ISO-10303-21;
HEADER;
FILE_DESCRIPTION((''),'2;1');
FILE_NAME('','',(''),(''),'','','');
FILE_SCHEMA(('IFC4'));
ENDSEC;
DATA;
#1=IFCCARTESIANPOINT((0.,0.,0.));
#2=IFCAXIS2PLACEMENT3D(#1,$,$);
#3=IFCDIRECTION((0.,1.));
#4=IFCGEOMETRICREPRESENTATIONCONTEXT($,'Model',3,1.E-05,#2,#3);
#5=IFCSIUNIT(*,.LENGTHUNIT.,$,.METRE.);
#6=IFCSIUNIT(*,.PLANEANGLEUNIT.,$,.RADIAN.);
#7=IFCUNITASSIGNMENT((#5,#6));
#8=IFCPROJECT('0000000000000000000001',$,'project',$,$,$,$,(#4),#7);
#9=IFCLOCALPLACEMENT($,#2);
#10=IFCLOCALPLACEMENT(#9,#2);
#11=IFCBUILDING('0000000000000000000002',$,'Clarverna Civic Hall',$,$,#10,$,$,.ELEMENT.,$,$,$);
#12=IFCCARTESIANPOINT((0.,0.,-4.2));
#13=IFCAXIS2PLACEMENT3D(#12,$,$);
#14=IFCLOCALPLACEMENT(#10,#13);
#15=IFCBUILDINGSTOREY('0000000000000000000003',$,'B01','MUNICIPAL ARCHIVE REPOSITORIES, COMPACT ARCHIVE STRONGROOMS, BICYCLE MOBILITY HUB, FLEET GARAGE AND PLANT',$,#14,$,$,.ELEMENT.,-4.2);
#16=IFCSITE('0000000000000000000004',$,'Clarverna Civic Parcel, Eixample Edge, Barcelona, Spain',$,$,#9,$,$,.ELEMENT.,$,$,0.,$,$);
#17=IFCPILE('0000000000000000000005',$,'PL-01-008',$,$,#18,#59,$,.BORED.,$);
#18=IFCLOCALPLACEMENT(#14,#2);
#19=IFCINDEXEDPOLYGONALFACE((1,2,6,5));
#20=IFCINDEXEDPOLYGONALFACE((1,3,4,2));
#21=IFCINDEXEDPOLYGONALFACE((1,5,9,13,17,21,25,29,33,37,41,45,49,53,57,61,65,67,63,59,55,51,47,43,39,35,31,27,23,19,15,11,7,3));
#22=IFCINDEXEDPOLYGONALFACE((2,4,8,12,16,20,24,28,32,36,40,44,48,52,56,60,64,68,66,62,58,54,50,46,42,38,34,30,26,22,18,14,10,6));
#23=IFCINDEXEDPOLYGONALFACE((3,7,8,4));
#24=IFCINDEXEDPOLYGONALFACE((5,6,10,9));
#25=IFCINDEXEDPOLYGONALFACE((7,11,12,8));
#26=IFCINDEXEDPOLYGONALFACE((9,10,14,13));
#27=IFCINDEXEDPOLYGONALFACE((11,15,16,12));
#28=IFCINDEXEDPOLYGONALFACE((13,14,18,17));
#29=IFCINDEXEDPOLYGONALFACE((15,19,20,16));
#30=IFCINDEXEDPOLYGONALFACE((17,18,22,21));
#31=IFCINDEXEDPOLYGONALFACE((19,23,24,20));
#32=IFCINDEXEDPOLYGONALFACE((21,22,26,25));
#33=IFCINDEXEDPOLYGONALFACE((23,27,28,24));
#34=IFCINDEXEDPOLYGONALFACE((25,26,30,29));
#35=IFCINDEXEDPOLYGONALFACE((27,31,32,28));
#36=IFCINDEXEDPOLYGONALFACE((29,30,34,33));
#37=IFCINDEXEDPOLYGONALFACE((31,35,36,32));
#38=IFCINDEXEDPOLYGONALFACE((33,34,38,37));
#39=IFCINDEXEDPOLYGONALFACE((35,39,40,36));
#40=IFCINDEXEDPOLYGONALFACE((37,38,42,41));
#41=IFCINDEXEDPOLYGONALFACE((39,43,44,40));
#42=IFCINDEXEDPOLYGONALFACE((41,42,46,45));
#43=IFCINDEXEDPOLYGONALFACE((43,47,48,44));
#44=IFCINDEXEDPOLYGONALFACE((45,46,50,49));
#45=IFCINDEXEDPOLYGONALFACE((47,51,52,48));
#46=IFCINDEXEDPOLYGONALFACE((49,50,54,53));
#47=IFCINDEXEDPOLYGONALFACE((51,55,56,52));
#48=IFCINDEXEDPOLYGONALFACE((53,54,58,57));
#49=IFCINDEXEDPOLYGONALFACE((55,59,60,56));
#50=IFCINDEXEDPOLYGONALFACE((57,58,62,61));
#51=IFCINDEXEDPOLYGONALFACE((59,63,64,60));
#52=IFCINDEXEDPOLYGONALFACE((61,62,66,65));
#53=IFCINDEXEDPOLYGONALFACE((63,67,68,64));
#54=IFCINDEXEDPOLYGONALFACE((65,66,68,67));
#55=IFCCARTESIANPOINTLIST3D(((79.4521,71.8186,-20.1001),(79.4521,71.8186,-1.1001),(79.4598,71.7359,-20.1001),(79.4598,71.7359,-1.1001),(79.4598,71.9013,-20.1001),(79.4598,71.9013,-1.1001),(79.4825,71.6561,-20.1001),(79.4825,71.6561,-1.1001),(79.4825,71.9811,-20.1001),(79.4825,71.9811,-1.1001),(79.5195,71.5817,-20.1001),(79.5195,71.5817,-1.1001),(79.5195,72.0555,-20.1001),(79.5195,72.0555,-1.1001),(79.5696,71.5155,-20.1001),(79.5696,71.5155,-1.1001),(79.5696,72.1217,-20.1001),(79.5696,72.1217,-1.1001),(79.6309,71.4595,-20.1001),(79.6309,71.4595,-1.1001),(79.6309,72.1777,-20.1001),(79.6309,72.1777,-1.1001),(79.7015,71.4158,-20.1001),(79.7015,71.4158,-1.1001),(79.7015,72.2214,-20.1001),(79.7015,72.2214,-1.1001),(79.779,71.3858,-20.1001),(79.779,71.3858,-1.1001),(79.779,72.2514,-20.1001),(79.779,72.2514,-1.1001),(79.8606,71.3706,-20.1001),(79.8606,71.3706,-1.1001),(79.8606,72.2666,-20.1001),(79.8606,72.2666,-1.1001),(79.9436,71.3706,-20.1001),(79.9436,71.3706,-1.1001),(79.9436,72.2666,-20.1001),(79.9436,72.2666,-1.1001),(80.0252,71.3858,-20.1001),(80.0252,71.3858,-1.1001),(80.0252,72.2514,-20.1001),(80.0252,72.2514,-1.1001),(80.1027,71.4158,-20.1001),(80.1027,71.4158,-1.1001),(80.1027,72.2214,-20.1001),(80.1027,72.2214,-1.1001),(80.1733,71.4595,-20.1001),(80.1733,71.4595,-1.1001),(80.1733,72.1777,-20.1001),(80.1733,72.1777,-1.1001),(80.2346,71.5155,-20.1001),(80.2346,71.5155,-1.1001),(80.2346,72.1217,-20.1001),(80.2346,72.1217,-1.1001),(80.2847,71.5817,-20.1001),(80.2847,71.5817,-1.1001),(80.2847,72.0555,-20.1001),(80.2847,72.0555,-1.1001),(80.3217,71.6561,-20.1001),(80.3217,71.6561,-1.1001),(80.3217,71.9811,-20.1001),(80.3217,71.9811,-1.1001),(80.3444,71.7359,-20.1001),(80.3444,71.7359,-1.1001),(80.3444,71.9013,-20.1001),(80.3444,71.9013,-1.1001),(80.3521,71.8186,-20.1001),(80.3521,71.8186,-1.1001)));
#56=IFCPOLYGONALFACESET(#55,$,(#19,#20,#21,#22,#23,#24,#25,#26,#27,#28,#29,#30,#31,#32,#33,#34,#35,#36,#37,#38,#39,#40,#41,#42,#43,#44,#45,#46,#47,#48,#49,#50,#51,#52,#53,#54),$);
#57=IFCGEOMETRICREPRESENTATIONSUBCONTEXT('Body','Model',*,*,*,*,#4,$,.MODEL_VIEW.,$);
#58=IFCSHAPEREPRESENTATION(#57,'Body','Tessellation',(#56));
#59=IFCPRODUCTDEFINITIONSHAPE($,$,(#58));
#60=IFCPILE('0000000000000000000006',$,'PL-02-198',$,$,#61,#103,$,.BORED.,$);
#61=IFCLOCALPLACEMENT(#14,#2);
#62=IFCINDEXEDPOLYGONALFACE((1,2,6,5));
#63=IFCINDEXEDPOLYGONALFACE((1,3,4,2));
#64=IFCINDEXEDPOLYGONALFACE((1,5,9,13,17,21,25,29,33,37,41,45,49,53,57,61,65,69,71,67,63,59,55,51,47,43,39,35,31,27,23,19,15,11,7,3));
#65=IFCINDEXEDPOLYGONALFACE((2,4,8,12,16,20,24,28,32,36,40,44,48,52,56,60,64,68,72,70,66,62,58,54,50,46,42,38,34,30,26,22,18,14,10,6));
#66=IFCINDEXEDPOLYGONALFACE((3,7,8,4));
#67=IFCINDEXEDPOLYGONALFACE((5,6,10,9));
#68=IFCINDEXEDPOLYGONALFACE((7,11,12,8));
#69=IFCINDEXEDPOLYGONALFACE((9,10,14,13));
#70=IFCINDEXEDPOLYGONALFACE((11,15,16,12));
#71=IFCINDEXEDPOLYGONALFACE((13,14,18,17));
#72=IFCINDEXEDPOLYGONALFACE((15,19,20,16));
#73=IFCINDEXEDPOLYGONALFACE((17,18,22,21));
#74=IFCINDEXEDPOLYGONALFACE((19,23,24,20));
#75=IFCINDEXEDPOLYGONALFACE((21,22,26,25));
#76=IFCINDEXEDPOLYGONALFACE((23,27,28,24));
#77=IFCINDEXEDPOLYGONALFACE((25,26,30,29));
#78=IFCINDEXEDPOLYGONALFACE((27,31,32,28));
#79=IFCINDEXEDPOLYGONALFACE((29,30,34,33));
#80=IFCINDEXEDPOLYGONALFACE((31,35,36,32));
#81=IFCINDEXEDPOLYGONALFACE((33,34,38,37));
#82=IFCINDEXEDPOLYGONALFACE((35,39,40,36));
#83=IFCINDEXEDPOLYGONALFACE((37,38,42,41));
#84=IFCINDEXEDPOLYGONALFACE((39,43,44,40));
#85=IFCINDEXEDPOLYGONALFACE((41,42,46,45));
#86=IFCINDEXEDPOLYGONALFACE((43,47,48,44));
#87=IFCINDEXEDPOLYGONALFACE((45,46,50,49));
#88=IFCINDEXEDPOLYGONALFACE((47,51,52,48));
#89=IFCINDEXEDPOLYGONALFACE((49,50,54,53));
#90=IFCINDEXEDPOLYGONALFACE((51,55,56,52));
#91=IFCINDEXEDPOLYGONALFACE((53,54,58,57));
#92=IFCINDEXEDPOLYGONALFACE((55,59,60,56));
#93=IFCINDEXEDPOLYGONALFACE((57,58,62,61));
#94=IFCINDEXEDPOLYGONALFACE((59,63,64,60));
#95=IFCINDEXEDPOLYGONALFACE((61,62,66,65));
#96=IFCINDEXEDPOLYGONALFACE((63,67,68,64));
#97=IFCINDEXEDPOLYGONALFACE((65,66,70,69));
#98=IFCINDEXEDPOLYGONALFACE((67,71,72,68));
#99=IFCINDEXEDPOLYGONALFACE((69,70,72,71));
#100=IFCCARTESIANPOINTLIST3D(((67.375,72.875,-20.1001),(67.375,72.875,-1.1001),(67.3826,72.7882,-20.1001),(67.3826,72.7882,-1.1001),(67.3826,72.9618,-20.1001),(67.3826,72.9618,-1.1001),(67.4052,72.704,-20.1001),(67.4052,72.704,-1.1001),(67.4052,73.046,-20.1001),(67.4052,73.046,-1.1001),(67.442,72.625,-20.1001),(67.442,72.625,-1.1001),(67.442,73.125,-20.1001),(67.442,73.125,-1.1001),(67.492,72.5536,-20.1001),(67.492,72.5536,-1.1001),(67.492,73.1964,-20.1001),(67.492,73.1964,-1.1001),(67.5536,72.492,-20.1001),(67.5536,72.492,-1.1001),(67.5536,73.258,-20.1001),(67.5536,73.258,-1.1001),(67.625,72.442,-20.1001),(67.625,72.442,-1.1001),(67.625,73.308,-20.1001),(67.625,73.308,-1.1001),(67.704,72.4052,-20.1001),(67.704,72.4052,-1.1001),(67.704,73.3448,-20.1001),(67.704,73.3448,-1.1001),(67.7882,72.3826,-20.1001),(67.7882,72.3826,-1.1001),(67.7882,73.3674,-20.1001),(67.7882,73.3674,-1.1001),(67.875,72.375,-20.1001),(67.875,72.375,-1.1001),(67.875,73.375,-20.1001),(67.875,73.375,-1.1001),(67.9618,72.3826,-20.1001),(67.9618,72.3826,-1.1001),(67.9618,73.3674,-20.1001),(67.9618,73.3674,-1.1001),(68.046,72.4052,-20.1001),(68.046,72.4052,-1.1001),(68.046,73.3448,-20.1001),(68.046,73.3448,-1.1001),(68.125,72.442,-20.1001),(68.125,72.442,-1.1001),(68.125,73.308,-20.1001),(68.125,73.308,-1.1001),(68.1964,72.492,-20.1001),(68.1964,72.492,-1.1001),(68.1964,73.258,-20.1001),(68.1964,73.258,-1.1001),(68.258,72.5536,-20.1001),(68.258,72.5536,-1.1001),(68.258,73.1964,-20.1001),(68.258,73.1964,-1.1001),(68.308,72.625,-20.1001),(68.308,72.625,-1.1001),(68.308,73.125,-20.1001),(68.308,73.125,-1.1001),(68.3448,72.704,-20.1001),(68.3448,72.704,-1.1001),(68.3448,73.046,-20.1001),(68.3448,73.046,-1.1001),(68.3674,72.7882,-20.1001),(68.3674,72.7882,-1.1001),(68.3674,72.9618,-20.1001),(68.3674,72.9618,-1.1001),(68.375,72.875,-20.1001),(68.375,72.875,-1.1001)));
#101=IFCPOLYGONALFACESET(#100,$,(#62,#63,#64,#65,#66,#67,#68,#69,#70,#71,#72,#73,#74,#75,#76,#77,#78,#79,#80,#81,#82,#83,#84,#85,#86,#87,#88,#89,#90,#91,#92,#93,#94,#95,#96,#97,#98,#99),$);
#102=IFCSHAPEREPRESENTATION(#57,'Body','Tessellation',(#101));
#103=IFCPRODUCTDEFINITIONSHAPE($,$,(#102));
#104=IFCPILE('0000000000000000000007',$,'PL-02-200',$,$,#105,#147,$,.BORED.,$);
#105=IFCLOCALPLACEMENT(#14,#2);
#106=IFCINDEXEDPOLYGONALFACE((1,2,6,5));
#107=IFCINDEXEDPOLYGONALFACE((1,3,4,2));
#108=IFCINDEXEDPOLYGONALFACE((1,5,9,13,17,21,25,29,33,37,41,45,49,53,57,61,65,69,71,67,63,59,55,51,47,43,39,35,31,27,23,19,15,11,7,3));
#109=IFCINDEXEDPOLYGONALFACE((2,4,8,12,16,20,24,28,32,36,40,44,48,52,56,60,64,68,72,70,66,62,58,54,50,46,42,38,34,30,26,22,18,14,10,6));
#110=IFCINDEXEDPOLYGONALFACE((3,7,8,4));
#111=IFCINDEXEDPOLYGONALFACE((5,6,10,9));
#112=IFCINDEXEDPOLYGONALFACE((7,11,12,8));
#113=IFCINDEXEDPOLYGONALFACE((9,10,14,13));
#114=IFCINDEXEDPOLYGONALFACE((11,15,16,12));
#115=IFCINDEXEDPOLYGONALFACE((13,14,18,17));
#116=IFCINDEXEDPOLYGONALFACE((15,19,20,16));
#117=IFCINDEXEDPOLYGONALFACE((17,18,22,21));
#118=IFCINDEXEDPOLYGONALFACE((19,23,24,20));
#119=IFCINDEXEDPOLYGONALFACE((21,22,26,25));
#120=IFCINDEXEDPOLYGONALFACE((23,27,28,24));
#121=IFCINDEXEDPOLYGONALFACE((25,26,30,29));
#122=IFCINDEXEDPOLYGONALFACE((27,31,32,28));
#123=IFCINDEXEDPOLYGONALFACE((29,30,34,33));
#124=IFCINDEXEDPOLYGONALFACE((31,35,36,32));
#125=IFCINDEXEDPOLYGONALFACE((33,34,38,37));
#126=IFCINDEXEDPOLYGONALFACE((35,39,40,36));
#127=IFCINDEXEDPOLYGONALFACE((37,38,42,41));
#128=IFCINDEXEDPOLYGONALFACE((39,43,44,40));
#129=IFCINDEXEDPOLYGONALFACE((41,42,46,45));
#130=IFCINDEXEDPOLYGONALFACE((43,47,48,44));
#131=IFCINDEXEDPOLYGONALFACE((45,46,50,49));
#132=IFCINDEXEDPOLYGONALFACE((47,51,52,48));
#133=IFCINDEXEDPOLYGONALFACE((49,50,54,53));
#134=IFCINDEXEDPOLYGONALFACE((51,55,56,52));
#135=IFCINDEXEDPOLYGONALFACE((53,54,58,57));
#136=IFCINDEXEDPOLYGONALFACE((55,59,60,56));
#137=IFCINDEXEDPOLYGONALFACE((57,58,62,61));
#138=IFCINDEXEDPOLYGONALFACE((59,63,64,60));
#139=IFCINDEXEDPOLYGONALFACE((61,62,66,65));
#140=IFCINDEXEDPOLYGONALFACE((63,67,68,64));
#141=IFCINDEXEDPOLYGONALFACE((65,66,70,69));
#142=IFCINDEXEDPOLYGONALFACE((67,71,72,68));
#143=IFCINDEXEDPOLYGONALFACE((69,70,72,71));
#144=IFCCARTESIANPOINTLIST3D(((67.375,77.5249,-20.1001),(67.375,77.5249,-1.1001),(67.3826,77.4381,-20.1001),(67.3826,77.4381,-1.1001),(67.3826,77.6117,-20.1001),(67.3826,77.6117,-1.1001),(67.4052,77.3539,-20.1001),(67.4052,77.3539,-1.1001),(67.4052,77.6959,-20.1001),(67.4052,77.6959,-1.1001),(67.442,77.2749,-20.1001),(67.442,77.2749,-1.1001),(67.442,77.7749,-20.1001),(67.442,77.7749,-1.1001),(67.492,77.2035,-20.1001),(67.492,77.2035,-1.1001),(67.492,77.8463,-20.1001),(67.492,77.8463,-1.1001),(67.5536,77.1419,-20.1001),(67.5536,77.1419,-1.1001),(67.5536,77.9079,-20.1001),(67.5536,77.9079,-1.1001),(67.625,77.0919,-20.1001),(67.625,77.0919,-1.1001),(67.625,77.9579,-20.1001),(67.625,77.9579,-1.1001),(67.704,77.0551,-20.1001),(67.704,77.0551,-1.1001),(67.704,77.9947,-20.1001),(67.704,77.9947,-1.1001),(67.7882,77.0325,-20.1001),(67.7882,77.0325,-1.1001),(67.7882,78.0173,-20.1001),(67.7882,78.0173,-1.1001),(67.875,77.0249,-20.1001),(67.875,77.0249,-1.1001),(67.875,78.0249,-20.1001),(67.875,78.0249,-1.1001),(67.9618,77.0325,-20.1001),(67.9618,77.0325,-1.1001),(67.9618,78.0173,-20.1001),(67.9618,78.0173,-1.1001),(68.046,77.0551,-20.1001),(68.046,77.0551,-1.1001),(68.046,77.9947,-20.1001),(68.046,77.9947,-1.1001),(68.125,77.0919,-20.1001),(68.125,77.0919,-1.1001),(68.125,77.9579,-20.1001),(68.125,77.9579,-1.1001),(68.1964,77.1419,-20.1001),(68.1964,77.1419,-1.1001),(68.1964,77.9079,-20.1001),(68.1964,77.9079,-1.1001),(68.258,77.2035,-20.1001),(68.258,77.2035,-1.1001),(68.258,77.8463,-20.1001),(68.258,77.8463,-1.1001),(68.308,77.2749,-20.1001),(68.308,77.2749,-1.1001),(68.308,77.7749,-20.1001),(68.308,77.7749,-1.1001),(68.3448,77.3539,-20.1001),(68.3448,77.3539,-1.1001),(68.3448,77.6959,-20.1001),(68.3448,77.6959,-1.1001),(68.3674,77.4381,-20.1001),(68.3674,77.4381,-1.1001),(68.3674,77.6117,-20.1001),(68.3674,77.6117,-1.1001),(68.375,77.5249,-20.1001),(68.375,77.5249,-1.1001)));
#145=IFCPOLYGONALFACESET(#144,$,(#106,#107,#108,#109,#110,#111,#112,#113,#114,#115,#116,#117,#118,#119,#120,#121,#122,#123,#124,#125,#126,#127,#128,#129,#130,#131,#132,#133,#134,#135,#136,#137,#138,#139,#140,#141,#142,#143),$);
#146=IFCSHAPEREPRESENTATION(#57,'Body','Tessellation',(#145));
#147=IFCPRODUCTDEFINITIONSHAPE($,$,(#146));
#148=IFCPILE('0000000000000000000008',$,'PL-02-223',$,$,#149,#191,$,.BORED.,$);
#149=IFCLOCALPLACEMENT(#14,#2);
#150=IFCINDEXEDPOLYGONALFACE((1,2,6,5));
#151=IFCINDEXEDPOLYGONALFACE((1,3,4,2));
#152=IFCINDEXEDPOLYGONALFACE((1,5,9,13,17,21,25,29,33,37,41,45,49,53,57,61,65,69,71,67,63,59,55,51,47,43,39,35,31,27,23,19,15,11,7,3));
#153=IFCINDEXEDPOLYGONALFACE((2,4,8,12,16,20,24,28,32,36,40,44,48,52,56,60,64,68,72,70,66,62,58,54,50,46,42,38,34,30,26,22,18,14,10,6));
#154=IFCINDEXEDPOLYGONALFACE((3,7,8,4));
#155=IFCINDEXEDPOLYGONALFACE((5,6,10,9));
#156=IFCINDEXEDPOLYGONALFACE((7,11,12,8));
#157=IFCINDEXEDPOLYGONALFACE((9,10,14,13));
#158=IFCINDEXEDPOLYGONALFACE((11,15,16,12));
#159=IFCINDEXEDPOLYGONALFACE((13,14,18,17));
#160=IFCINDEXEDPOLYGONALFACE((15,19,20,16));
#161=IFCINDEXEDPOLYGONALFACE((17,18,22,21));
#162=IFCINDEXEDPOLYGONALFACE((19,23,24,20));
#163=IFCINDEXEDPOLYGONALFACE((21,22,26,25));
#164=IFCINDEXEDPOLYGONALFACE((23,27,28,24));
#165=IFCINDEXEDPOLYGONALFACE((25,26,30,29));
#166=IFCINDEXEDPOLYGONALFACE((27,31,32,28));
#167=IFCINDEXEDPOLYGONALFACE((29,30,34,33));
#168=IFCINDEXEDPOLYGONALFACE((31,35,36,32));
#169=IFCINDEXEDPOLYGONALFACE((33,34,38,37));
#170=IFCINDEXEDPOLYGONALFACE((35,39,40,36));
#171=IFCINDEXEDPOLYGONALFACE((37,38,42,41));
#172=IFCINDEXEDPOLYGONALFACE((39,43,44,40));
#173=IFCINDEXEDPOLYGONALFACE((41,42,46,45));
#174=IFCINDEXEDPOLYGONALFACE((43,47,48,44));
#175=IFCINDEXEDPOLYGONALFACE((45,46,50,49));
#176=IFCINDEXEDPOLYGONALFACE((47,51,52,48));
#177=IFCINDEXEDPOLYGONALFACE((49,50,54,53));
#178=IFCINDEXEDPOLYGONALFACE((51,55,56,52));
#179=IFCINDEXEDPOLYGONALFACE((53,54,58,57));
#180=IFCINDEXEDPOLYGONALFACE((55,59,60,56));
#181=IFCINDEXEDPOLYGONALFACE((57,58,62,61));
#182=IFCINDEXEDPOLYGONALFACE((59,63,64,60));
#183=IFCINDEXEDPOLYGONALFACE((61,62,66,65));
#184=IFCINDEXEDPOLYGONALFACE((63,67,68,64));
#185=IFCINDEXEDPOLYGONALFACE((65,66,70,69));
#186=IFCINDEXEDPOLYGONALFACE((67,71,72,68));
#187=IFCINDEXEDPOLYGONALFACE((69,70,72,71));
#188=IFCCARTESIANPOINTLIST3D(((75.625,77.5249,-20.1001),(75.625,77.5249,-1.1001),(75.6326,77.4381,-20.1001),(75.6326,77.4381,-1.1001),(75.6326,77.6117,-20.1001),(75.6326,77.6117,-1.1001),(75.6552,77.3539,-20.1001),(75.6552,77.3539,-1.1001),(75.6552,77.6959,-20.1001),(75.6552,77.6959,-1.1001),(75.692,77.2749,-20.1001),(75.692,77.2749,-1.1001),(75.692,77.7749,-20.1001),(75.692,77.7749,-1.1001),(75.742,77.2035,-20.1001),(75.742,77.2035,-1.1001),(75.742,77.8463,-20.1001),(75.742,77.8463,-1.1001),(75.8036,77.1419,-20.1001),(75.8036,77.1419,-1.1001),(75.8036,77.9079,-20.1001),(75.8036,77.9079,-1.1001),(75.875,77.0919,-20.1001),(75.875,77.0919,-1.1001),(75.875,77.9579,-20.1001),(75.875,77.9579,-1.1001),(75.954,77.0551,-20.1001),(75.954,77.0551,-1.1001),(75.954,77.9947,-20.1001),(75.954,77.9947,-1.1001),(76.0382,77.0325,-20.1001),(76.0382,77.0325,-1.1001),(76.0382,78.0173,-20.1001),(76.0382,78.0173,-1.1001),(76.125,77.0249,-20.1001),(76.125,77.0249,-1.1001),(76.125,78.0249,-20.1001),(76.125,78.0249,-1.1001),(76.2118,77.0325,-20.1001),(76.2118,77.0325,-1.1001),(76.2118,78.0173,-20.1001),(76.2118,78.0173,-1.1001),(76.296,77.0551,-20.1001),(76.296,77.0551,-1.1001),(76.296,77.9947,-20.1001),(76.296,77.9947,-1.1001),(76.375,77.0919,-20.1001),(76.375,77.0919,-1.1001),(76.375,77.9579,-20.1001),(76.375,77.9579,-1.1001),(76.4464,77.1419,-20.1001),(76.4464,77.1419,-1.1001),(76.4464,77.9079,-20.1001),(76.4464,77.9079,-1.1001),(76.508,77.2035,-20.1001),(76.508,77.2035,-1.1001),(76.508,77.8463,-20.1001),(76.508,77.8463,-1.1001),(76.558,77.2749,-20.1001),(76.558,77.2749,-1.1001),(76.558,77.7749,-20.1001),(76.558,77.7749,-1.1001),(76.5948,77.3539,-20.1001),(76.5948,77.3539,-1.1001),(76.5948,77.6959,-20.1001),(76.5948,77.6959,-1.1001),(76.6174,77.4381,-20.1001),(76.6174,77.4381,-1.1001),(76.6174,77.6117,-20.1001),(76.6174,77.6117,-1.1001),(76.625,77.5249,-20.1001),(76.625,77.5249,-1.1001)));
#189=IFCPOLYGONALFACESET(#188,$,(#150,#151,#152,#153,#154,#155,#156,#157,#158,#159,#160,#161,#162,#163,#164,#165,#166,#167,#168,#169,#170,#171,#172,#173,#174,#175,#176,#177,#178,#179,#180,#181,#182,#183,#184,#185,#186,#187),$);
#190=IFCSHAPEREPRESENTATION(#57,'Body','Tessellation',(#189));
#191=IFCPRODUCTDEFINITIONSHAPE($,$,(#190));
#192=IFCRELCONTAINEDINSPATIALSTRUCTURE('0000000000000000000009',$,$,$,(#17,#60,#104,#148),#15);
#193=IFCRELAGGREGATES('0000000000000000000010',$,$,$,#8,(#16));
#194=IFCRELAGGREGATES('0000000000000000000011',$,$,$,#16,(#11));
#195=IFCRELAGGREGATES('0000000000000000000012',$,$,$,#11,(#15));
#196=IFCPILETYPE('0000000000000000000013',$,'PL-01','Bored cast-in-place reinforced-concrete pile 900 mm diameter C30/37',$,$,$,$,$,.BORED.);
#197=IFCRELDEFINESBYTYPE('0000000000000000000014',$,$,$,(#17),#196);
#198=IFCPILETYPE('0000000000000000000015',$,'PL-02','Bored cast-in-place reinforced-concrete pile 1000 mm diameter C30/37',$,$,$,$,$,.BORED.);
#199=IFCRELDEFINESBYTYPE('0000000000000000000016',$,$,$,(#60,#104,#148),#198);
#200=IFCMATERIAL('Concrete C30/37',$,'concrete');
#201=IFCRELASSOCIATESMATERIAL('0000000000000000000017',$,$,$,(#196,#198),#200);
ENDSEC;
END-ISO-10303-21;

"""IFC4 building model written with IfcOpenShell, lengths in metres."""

from ifc_helpers import new_model, si_unit, direction, frame, origin, origin_2d, place, context, subcontext, project, spatial, circle, extrude, material, material_profile, profile_set, type_object, element, save


model = new_model("IFC4")

# Units and contexts
model_context = context("Model", 3, precision=1e-05, world=origin(), true_north=direction((0.0, 1.0)))
body_context = subcontext(model_context, "Body", "Model", "MODEL_VIEW")
ifc_project = project(units=[si_unit("LENGTHUNIT", "METRE"), si_unit("PLANEANGLEUNIT", "RADIAN")], contexts=[model_context])

# Site, building, storey
site_placement = place(None, origin())
site = spatial("IfcSite", under=ifc_project, at=site_placement, Name="Clarverna Civic Parcel, Eixample Edge, Barcelona, Spain", CompositionType="ELEMENT", RefElevation=0.0)
building_placement = place(site_placement, origin())
building = spatial("IfcBuilding", under=site, at=building_placement, Name="Clarverna Civic Hall", CompositionType="ELEMENT")
storey_placement = place(building_placement, frame((0.0, 0.0, -4.2)))
storey = spatial("IfcBuildingStorey", under=building, at=storey_placement, Name="B01", Description="MUNICIPAL ARCHIVE REPOSITORIES, COMPACT ARCHIVE STRONGROOMS, BICYCLE MOBILITY HUB, FLEET GARAGE AND PLANT", CompositionType="ELEMENT", Elevation=-4.2)

# Shared definitions
ifc_material_1 = material(Name="Concrete C30/37", Category="concrete")

# Piles
ifc_material_profile_1 = material_profile(ifc_material_1, circle(Radius=0.45, at=origin_2d()), Name="BORED PILE D900")
ifc_profile_set_1 = profile_set([ifc_material_profile_1], Name="Concrete C30/37")
pile_type_1 = type_object("IfcPileType", Name="PL-01", Description="Bored cast-in-place reinforced-concrete pile 900 mm diameter C30/37", PredefinedType="BORED", material=ifc_profile_set_1)
for number, where, z_axis, x_axis, name in (
    (1, (79.9021, 71.8186, -1.1001), (0.0, 0.0, -1.0), (1.0, 0.0, 0.0), "PL-01-008"),
):
    element("IfcPile", number, at=place(storey_placement, frame(where, z_axis=z_axis, x_axis=x_axis)), inside=storey, type_object=pile_type_1, Name=name, PredefinedType="BORED", context=body_context, shape_type="SweptSolid", body=[
        extrude(circle(Radius=0.45, at=origin_2d()), origin(), (0.0, 0.0, 1.0), 19.0),
    ])
ifc_material_profile_2 = material_profile(ifc_material_1, circle(Radius=0.5, at=origin_2d()), Name="BORED PILE D1000")
ifc_profile_set_2 = profile_set([ifc_material_profile_2], Name="Concrete C30/37")
pile_type_2 = type_object("IfcPileType", Name="PL-02", Description="Bored cast-in-place reinforced-concrete pile 1000 mm diameter C30/37", PredefinedType="BORED", material=ifc_profile_set_2)
for number, where, z_axis, x_axis, name in (
    (2, (67.875, 72.875, -1.1001), (0.0, 0.0, -1.0), (1.0, 0.0, 0.0), "PL-02-198"),
    (3, (67.875, 77.5249, -1.1001), (0.0, 0.0, -1.0), (1.0, 0.0, 0.0), "PL-02-200"),
    (4, (76.125, 77.5249, -1.1001), (0.0, 0.0, -1.0), (1.0, 0.0, 0.0), "PL-02-223"),
):
    element("IfcPile", number, at=place(storey_placement, frame(where, z_axis=z_axis, x_axis=x_axis)), inside=storey, type_object=pile_type_2, Name=name, PredefinedType="BORED", context=body_context, shape_type="SweptSolid", body=[
        extrude(circle(Radius=0.5, at=origin_2d()), origin(), (0.0, 0.0, 1.0), 19.0),
    ])

save(model, "model.ifc")
